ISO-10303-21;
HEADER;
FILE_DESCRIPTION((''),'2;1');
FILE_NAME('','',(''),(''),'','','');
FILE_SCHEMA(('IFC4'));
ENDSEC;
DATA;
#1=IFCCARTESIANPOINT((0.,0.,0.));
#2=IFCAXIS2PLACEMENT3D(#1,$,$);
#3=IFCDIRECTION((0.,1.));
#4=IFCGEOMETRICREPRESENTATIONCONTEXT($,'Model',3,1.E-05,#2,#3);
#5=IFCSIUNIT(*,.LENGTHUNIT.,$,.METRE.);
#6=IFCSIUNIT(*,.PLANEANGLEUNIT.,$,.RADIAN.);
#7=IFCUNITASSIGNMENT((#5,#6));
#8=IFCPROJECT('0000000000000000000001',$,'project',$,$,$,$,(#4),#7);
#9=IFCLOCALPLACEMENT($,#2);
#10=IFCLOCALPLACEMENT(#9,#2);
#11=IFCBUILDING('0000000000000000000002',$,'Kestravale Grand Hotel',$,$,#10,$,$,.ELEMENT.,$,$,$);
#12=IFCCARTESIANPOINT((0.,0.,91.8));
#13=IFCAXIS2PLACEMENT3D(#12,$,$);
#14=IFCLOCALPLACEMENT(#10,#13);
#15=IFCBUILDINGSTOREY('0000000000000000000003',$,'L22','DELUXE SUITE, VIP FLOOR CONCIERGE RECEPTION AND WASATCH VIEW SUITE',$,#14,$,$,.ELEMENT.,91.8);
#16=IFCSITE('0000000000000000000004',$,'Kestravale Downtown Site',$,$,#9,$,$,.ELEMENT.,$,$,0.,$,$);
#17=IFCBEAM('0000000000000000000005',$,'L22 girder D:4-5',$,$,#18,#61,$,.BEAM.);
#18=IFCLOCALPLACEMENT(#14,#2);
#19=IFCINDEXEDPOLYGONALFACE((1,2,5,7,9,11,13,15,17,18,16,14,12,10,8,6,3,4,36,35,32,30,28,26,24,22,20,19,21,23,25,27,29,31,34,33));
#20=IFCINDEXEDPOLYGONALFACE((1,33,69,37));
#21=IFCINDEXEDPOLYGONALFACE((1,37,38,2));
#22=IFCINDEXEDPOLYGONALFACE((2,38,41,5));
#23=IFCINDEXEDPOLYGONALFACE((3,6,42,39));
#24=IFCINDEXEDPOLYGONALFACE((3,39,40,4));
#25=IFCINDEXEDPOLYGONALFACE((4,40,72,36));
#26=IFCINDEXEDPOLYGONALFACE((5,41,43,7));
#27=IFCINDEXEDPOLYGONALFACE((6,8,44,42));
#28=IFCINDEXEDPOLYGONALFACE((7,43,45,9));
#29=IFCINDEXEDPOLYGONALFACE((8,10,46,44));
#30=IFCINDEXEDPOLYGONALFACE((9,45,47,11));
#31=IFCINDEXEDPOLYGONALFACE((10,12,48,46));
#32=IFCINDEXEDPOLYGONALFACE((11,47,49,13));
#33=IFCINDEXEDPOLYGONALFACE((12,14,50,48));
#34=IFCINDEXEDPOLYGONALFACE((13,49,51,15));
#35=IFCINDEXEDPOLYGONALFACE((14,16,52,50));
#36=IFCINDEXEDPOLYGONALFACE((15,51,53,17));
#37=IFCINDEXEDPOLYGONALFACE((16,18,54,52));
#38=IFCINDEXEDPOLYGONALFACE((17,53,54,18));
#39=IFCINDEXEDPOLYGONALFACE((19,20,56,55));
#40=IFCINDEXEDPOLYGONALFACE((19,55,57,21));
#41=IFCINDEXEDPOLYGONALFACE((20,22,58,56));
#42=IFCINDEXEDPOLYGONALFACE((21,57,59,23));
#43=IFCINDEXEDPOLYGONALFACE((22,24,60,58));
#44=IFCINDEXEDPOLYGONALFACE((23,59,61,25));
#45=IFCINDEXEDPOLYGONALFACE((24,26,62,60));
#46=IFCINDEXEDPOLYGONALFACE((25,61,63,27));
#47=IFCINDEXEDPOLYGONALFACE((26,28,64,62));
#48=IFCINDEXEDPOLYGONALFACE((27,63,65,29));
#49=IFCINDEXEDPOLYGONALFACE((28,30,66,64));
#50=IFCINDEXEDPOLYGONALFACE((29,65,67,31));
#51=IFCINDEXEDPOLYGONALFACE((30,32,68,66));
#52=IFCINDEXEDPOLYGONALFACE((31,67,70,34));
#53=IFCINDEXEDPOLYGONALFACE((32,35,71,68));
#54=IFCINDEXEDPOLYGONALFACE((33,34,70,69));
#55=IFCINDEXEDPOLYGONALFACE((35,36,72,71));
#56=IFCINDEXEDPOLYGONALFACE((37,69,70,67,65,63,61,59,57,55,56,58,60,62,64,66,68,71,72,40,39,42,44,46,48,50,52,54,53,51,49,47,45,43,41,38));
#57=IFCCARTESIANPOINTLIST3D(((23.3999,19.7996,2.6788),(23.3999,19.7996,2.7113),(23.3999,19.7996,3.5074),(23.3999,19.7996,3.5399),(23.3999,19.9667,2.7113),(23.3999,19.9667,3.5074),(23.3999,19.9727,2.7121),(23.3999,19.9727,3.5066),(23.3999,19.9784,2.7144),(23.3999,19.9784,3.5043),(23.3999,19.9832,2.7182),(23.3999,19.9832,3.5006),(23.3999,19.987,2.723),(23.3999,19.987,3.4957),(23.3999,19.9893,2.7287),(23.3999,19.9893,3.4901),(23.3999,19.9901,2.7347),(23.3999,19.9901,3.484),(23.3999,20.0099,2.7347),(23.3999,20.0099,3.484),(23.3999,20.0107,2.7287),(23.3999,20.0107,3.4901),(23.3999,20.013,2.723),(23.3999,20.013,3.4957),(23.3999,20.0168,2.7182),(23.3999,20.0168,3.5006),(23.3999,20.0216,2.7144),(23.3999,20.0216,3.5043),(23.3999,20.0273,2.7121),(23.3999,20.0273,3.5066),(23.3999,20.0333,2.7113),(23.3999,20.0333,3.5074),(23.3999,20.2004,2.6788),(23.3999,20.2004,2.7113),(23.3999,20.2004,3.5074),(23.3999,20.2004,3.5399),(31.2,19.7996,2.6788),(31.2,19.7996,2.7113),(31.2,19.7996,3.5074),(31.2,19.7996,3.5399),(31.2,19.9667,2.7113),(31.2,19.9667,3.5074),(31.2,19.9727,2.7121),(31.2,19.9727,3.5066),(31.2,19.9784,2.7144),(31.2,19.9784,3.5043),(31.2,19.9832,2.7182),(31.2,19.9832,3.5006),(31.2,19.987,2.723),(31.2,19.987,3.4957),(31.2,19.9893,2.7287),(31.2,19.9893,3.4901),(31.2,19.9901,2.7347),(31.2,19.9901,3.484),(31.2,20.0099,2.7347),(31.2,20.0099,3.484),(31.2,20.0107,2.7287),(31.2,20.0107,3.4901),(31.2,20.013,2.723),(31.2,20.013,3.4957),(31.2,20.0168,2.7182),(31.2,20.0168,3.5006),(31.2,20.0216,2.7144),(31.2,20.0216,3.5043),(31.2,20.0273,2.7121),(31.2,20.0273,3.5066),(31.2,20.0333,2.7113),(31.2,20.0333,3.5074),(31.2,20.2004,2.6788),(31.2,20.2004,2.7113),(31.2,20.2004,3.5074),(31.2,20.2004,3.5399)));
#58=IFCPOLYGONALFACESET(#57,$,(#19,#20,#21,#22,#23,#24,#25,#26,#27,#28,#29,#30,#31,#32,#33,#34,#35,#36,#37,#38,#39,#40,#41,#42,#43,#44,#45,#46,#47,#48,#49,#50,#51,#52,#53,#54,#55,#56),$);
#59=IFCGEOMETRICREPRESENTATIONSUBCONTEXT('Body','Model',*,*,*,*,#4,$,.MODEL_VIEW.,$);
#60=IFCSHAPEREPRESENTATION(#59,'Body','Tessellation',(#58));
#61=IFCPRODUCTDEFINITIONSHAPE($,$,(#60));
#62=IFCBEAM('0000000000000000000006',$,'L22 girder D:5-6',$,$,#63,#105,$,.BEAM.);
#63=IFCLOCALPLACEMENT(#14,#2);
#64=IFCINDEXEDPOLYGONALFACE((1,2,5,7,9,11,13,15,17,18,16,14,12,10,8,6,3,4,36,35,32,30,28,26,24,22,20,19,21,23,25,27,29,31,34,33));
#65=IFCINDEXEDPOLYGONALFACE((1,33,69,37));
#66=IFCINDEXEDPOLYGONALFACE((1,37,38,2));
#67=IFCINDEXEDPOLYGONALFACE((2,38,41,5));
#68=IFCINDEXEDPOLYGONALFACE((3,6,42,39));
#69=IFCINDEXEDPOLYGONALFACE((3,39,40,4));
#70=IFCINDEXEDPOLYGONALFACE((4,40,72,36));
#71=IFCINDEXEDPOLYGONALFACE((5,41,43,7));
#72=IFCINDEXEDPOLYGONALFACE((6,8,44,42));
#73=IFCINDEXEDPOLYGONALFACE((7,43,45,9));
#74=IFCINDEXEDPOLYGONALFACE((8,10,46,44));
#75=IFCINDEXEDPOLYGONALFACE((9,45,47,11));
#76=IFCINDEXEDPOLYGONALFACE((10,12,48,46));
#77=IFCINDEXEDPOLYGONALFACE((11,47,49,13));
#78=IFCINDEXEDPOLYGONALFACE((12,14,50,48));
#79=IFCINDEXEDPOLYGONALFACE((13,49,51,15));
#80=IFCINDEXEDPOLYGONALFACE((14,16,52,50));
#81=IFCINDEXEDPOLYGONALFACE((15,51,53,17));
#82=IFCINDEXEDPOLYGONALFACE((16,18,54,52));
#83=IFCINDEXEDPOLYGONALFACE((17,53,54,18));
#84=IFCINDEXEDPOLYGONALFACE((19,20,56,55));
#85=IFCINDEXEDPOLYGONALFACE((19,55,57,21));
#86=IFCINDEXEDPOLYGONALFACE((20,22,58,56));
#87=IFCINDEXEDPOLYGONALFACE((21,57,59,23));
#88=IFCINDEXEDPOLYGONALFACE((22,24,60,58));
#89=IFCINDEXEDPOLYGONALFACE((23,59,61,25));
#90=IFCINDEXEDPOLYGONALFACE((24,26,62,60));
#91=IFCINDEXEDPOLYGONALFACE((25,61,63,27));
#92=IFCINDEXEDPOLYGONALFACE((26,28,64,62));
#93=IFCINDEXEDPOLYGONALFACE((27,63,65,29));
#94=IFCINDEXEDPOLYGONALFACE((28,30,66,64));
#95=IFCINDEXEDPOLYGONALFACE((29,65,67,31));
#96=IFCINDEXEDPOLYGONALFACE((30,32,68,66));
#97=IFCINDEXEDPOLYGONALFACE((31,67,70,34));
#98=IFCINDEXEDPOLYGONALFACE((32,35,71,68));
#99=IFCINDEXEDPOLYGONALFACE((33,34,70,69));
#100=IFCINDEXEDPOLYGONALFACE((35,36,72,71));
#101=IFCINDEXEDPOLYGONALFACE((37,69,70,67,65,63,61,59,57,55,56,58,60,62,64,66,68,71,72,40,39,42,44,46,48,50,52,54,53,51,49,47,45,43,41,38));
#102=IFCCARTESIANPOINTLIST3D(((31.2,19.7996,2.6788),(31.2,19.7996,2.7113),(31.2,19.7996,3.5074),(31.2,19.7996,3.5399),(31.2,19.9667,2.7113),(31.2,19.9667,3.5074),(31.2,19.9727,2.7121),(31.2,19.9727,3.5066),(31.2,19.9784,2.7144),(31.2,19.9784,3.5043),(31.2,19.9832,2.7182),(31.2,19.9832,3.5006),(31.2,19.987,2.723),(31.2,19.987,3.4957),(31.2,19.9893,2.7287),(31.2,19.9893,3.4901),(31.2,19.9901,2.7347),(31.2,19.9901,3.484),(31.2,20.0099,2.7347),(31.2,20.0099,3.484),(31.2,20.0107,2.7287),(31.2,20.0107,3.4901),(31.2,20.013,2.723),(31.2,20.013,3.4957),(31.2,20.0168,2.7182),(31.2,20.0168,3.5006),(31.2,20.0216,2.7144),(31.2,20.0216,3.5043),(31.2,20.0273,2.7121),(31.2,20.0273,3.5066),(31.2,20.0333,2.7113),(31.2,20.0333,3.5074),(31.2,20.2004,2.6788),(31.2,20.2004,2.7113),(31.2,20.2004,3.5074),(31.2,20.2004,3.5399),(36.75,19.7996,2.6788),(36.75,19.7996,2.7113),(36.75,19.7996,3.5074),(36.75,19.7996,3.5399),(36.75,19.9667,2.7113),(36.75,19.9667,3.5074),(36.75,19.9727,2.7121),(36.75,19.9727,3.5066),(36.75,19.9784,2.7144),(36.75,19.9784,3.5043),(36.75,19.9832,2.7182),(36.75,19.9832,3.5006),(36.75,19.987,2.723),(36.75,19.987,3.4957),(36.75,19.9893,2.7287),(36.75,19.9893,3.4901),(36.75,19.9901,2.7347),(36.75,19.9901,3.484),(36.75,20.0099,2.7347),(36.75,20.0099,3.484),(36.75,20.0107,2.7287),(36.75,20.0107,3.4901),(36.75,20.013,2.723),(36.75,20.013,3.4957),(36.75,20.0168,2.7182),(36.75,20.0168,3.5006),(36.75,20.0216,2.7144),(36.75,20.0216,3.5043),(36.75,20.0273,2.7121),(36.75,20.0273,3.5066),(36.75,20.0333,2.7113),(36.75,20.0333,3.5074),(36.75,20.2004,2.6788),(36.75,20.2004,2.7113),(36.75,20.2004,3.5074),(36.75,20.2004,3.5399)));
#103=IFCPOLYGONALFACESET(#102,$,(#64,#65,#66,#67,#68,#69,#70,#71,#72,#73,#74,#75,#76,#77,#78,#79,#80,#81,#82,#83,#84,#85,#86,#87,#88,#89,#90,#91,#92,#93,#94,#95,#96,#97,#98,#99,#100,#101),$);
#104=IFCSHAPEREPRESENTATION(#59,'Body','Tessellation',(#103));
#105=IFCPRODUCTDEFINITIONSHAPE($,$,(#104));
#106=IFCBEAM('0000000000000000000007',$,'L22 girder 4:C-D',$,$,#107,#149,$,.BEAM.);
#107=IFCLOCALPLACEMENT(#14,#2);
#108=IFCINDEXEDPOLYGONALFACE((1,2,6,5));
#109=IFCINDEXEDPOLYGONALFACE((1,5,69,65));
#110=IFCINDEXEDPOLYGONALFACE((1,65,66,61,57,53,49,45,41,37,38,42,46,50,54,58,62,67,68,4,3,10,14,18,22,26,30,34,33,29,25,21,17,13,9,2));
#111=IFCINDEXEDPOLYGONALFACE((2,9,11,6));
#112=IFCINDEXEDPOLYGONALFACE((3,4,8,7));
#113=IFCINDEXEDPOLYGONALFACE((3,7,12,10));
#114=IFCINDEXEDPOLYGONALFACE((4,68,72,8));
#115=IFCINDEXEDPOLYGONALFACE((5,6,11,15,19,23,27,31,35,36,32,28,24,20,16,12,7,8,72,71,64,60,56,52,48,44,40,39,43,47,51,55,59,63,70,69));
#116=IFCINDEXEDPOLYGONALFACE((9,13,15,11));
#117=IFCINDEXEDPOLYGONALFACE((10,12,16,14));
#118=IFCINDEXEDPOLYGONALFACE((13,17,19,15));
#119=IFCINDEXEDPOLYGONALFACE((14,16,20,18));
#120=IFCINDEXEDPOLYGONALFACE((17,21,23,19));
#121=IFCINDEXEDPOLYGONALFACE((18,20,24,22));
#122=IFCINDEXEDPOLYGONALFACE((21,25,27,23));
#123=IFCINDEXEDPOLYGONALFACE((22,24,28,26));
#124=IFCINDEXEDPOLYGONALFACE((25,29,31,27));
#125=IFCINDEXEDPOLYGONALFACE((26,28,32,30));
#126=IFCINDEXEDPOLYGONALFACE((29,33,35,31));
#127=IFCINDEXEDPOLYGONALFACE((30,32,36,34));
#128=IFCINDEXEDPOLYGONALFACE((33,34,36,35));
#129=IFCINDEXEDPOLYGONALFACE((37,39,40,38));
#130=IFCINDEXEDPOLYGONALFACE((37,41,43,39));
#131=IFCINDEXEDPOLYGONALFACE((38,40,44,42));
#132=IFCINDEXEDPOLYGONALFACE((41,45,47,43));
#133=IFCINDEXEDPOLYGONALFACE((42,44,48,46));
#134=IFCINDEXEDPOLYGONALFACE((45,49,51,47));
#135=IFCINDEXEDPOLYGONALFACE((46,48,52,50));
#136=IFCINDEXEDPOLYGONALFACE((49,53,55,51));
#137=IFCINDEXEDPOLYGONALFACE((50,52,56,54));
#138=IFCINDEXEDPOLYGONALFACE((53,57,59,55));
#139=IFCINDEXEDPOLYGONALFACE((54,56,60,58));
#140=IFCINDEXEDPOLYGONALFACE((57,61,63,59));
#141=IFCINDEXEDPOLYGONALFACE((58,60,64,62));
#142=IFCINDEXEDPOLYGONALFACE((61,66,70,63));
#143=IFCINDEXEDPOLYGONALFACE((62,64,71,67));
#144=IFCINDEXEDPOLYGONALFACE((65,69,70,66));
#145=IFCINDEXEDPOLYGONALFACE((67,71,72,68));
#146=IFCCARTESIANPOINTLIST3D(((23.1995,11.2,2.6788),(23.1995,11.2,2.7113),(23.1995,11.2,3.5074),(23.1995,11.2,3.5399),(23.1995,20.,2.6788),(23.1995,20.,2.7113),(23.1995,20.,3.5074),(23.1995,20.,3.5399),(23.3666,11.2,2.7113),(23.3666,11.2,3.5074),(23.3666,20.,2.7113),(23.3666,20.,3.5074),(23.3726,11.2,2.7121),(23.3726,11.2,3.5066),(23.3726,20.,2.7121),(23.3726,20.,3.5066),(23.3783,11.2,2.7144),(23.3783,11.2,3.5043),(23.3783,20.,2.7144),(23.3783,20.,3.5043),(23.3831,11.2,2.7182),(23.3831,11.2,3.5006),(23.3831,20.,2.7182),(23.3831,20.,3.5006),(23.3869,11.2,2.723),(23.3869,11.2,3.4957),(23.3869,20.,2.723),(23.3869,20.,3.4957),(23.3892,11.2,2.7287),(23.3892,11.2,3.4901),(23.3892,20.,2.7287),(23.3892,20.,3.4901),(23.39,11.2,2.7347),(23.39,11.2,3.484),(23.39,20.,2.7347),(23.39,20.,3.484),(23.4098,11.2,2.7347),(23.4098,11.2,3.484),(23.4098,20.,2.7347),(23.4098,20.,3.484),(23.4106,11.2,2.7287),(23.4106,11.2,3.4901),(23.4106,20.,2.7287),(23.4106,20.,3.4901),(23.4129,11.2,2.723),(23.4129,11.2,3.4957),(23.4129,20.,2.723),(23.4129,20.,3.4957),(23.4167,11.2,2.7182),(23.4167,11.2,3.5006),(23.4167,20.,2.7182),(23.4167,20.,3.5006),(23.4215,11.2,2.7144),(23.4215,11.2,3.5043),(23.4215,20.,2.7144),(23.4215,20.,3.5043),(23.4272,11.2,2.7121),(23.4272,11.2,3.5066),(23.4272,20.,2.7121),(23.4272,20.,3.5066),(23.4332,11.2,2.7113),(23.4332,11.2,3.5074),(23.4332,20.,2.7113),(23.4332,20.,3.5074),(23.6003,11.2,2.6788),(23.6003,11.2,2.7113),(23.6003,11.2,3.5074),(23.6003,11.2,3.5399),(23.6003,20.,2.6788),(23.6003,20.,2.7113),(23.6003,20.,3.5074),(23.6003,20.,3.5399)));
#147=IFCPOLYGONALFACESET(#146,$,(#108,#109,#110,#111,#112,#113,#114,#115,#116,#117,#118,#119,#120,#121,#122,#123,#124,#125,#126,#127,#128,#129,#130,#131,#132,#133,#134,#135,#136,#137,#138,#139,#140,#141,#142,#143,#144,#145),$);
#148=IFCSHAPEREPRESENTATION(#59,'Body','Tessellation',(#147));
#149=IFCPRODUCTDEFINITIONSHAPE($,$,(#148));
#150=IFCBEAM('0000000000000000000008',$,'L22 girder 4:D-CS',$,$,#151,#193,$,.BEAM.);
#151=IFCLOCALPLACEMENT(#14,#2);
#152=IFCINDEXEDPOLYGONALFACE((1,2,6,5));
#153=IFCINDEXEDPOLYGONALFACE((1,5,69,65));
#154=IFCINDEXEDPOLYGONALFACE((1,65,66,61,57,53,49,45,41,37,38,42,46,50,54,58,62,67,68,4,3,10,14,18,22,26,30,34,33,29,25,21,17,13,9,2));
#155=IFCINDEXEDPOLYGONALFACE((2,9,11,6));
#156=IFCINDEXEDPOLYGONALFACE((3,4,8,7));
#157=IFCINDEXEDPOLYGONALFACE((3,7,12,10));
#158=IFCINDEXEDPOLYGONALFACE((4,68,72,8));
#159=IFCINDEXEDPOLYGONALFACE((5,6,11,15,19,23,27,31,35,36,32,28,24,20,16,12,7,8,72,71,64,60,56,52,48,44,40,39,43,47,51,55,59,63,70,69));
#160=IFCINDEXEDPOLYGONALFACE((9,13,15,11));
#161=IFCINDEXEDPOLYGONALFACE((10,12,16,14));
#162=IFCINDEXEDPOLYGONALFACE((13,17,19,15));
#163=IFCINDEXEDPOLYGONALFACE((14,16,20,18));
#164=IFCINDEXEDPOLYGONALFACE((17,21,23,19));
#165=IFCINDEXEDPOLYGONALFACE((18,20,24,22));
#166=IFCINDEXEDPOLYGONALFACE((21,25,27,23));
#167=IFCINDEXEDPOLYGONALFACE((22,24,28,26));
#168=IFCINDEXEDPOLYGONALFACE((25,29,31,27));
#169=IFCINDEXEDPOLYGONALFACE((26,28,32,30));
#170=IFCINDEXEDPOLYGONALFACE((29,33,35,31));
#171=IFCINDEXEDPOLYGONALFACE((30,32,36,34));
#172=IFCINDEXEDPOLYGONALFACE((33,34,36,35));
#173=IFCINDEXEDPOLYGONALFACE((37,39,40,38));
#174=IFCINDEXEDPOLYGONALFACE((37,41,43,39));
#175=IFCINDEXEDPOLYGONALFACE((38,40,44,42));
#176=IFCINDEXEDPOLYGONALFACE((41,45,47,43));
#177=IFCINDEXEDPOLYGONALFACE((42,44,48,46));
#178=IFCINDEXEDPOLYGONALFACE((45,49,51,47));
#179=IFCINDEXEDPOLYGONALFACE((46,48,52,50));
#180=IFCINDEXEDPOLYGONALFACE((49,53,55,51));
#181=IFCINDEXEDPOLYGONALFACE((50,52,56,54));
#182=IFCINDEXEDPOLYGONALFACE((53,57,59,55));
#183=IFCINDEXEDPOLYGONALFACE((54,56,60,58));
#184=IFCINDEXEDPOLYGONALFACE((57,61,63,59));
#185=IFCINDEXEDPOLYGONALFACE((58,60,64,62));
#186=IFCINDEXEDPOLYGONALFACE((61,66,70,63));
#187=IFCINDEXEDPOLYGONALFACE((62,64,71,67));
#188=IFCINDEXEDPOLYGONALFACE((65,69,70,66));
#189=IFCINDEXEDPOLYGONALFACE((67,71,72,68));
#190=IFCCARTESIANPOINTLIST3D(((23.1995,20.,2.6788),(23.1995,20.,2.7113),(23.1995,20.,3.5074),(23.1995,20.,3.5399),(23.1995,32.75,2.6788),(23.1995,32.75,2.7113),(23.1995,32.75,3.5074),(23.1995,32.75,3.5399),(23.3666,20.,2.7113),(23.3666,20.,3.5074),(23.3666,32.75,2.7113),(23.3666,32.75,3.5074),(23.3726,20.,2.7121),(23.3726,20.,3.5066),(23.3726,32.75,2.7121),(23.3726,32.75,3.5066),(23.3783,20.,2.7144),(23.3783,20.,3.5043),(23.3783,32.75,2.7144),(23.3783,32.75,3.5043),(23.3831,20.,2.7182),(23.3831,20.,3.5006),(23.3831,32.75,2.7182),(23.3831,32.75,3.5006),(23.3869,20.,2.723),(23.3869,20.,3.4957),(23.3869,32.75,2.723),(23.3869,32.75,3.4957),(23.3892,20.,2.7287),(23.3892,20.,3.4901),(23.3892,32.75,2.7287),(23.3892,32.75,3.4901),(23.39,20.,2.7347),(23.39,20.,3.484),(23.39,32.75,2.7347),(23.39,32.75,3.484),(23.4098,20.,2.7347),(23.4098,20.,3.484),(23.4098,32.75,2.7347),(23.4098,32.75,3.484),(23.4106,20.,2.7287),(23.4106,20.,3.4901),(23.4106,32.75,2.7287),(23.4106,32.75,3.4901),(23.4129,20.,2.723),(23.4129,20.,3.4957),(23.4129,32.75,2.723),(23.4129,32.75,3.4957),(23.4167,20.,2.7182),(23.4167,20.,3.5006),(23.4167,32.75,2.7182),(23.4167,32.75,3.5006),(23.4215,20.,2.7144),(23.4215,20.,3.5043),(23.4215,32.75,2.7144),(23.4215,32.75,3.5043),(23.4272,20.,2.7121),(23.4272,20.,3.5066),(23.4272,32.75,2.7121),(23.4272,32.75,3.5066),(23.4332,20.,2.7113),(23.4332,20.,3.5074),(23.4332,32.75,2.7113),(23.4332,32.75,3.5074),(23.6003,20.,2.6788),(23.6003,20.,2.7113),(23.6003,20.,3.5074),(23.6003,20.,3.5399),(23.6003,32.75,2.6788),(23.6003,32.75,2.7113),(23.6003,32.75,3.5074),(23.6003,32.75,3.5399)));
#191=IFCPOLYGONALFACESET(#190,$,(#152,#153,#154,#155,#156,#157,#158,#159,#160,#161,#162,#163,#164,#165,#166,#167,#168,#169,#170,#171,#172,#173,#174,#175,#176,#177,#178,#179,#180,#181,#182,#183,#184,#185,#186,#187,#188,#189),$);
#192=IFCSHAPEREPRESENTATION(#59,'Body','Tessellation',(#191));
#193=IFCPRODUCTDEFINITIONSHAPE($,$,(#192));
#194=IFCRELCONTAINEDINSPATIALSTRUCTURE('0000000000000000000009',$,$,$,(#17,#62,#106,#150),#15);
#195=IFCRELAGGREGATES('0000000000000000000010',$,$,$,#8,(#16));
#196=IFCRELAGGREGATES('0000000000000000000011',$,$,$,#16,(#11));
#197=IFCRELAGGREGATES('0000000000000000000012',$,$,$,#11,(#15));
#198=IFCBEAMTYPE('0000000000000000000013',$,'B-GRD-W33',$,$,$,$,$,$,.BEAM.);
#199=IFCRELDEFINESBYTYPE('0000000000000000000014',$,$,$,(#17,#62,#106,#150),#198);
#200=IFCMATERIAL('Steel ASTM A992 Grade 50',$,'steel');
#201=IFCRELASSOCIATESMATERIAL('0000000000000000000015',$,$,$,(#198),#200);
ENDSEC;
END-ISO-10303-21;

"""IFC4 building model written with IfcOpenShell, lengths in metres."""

from ifc_helpers import new_model, si_unit, direction, frame, origin, origin_2d, place, context, subcontext, project, spatial, i_section, extrude, material, material_profile, profile_set, type_object, element, save


model = new_model("IFC4")

# Units and contexts
model_context = context("Model", 3, precision=1e-05, world=origin(), true_north=direction((0.0, 1.0)))
body_context = subcontext(model_context, "Body", "Model", "MODEL_VIEW")
ifc_project = project(units=[si_unit("LENGTHUNIT", "METRE"), si_unit("PLANEANGLEUNIT", "RADIAN")], contexts=[model_context])

# Site, building, storey
site_placement = place(None, origin())
site = spatial("IfcSite", under=ifc_project, at=site_placement, Name="Kestravale Downtown Site", CompositionType="ELEMENT", RefElevation=0.0)
building_placement = place(site_placement, origin())
building = spatial("IfcBuilding", under=site, at=building_placement, Name="Kestravale Grand Hotel", CompositionType="ELEMENT")
storey_placement = place(building_placement, frame((0.0, 0.0, 91.8)))
storey = spatial("IfcBuildingStorey", under=building, at=storey_placement, Name="L22", Description="DELUXE SUITE, VIP FLOOR CONCIERGE RECEPTION AND WASATCH VIEW SUITE", CompositionType="ELEMENT", Elevation=91.8)

# Beams
ifc_material_1 = material(Name="Steel ASTM A992 Grade 50", Category="steel")
ifc_material_profile_1 = material_profile(ifc_material_1, i_section(OverallWidth=0.4009, OverallDepth=0.8611, WebThickness=0.0198, FlangeThickness=0.0325, FilletRadius=0.0234, at=origin_2d()))
ifc_profile_set_1 = profile_set([ifc_material_profile_1], Name="Steel ASTM A992 Grade 50")
beam_type_1 = type_object("IfcBeamType", Name="B-GRD-W33", PredefinedType="BEAM", material=ifc_profile_set_1)
for number, where, z_axis, x_axis, name in (
    (1, (23.3999, 20.0, 3.1094), (1.0, 0.0, 0.0), (0.0, 1.0, 0.0), "L22 girder D:4-5"),
):
    element("IfcBeam", number, at=place(storey_placement, frame(where, z_axis=z_axis, x_axis=x_axis)), inside=storey, type_object=beam_type_1, Name=name, PredefinedType="BEAM", context=body_context, shape_type="SweptSolid", body=[
        extrude(i_section(OverallWidth=0.4009, OverallDepth=0.8611, WebThickness=0.0198, FlangeThickness=0.0325, FilletRadius=0.0234, at=origin_2d()), origin(), (0.0, 0.0, 1.0), 7.8),
    ])
beam_1_placement = place(storey_placement, frame((31.2, 20.0, 3.1094), z_axis=(1.0, 0.0, 0.0), x_axis=(0.0, 1.0, 0.0)))
element("IfcBeam", 2, at=beam_1_placement, inside=storey, type_object=beam_type_1, Name="L22 girder D:5-6", PredefinedType="BEAM", context=body_context, shape_type="SweptSolid", body=[
    extrude(i_section(OverallWidth=0.4009, OverallDepth=0.8611, WebThickness=0.0198, FlangeThickness=0.0325, FilletRadius=0.0234, at=origin_2d()), origin(), (0.0, 0.0, 1.0), 5.55),
])
beam_2_placement = place(storey_placement, frame((23.3999, 11.2, 3.1094), z_axis=(0.0, 1.0, 0.0), x_axis=(-1.0, 0.0, 0.0)))
element("IfcBeam", 3, at=beam_2_placement, inside=storey, type_object=beam_type_1, Name="L22 girder 4:C-D", PredefinedType="BEAM", context=body_context, shape_type="SweptSolid", body=[
    extrude(i_section(OverallWidth=0.4009, OverallDepth=0.8611, WebThickness=0.0198, FlangeThickness=0.0325, FilletRadius=0.0234, at=origin_2d()), origin(), (0.0, 0.0, 1.0), 8.8),
])
beam_3_placement = place(storey_placement, frame((23.3999, 20.0, 3.1094), z_axis=(0.0, 1.0, 0.0), x_axis=(-1.0, 0.0, 0.0)))
element("IfcBeam", 4, at=beam_3_placement, inside=storey, type_object=beam_type_1, Name="L22 girder 4:D-CS", PredefinedType="BEAM", context=body_context, shape_type="SweptSolid", body=[
    extrude(i_section(OverallWidth=0.4009, OverallDepth=0.8611, WebThickness=0.0198, FlangeThickness=0.0325, FilletRadius=0.0234, at=origin_2d()), origin(), (0.0, 0.0, 1.0), 12.75),
])

save(model, "model.ifc")
